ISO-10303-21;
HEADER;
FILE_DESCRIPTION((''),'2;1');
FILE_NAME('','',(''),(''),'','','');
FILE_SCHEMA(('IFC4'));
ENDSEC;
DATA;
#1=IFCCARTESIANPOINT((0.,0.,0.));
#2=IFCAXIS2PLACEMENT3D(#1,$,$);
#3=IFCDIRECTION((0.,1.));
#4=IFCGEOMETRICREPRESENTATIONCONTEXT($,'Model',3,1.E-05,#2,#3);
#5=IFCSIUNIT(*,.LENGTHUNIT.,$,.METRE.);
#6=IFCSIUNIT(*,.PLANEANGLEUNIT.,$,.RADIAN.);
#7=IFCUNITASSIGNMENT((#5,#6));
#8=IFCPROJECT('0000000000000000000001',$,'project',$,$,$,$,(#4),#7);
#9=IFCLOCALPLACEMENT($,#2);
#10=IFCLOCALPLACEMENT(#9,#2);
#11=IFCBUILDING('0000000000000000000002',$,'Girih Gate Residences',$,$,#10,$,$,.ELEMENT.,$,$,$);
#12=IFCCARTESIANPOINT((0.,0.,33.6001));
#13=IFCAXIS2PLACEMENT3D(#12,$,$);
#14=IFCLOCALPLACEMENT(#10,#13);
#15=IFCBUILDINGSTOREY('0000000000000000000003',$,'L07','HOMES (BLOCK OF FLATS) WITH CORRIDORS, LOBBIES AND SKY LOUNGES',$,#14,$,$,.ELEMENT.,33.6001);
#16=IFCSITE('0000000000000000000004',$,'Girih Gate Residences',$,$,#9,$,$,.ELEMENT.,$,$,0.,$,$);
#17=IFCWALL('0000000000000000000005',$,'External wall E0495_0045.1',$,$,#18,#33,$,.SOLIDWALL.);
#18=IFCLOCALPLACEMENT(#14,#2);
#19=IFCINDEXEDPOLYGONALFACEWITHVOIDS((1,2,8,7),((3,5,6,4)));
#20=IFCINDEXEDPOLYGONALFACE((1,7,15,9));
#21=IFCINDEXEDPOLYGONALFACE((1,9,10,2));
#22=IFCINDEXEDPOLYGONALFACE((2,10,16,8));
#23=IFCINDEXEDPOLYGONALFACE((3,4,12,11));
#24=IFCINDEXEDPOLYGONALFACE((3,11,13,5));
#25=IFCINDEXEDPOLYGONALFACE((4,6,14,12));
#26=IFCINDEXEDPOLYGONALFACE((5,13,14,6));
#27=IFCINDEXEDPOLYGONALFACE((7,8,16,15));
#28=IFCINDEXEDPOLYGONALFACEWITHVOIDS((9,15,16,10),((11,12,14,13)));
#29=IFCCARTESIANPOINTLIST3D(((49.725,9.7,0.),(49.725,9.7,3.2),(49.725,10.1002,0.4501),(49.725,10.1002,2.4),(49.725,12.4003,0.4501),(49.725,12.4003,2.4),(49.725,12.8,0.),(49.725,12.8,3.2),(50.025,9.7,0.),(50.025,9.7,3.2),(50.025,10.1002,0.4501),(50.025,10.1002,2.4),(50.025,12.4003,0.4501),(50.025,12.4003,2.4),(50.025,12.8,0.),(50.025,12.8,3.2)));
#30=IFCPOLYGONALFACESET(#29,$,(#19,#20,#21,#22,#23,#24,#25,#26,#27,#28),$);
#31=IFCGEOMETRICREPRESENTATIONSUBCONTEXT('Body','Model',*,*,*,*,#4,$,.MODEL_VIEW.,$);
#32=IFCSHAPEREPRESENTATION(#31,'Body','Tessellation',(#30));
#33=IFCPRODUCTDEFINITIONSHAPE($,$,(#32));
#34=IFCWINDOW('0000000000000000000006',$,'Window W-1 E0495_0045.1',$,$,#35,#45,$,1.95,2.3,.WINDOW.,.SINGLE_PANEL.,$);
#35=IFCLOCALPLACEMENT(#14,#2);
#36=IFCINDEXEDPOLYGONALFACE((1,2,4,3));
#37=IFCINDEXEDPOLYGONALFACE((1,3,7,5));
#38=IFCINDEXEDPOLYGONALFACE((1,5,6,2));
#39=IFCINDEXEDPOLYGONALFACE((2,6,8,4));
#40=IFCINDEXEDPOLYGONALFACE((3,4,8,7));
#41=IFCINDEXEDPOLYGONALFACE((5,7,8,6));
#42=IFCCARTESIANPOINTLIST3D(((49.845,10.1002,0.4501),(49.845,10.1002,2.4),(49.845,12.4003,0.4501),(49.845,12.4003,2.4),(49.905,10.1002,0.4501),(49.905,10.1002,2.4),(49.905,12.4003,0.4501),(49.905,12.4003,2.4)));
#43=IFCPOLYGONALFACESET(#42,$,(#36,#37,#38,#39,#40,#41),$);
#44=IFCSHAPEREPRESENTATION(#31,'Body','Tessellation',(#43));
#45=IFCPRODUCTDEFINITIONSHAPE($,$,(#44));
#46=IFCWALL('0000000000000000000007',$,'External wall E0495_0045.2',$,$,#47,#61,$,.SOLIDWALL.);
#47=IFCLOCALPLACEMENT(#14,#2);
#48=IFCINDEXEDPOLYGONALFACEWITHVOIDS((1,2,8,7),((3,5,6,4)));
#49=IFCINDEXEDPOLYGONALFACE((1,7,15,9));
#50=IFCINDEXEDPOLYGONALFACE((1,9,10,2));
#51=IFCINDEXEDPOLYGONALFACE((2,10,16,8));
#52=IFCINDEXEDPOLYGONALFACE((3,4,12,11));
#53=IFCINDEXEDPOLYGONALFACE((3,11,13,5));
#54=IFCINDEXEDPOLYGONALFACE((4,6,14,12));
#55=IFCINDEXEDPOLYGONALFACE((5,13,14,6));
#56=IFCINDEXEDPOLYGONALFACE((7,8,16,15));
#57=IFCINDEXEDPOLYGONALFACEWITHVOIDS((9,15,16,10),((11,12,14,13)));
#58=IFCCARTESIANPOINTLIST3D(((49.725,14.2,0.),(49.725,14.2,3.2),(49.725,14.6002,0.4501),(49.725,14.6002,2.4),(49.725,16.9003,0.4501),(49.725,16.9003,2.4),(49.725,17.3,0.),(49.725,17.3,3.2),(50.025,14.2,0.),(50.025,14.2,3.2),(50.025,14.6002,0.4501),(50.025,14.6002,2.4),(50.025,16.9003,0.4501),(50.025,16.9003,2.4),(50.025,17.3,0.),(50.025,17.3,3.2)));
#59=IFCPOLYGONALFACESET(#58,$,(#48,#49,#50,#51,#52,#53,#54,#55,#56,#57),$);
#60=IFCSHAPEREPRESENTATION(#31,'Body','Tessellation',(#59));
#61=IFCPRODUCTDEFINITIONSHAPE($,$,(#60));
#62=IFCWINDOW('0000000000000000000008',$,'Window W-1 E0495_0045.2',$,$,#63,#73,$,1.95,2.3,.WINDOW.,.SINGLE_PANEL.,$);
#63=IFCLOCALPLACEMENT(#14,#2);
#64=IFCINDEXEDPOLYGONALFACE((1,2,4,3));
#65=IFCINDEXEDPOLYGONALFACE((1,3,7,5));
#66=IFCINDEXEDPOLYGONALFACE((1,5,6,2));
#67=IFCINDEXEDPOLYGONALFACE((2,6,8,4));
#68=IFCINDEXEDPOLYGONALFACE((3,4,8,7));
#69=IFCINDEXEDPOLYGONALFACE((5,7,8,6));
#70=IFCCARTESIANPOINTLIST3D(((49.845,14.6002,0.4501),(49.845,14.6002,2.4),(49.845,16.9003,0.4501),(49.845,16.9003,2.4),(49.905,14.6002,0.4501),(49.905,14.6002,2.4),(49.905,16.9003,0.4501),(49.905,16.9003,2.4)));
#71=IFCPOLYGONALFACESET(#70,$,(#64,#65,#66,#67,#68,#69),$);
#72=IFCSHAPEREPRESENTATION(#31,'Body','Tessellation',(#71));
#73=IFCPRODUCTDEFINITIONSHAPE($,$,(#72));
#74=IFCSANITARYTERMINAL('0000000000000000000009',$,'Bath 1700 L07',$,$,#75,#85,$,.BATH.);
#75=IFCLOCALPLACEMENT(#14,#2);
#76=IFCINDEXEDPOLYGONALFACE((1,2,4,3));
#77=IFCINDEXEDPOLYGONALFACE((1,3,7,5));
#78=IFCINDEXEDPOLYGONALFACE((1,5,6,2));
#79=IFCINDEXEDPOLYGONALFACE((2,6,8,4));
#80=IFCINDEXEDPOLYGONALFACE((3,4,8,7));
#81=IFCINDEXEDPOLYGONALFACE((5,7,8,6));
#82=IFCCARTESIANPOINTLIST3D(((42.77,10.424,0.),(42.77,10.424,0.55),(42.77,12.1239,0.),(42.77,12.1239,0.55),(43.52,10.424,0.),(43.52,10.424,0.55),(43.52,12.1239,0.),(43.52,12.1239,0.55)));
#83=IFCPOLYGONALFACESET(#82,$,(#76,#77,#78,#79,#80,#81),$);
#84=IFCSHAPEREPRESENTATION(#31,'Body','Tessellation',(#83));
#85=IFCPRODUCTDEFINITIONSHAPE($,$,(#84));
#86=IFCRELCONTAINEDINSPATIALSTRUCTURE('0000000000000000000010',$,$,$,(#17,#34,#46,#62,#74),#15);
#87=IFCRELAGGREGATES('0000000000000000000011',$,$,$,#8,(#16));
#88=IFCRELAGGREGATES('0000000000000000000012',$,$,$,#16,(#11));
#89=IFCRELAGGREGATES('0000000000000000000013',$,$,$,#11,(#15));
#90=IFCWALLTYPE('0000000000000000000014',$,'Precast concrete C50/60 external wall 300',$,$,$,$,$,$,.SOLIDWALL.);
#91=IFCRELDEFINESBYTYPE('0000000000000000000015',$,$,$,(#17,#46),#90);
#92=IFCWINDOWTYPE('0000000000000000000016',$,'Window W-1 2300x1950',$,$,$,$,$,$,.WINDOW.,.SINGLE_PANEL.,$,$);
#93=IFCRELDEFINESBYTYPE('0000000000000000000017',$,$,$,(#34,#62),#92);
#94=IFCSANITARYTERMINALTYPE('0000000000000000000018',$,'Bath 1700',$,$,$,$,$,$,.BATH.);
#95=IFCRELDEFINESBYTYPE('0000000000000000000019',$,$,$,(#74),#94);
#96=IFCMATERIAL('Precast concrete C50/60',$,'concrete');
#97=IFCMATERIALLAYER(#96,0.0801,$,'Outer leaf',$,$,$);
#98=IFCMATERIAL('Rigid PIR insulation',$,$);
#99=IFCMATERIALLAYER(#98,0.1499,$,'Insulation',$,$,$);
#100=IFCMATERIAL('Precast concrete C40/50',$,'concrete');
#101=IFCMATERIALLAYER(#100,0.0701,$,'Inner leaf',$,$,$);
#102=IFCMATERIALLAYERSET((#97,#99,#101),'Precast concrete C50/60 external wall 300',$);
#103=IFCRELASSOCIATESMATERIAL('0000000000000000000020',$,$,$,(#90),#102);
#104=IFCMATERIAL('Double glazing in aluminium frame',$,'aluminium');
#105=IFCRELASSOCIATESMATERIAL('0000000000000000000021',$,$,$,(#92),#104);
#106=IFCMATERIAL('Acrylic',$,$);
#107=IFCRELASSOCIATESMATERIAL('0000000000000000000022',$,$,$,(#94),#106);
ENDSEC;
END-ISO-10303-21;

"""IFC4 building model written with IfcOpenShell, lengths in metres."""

from ifc_helpers import new_model, si_unit, direction, frame, frame_2d, origin, origin_2d, place, context, subcontext, project, spatial, rectangle, extrude, material, layer, layer_set, type_object, element, fill, save


model = new_model("IFC4")

# Units and contexts
model_context = context("Model", 3, precision=1e-05, world=origin(), true_north=direction((0.0, 1.0)))
body_context = subcontext(model_context, "Body", "Model", "MODEL_VIEW")
ifc_project = project(units=[si_unit("LENGTHUNIT", "METRE"), si_unit("PLANEANGLEUNIT", "RADIAN")], contexts=[model_context])

# Site, building, storey
site_placement = place(None, origin())
site = spatial("IfcSite", under=ifc_project, at=site_placement, Name="Girih Gate Residences", CompositionType="ELEMENT", RefElevation=0.0)
building_placement = place(site_placement, origin())
building = spatial("IfcBuilding", under=site, at=building_placement, Name="Girih Gate Residences", CompositionType="ELEMENT")
storey_placement = place(building_placement, frame((0.0, 0.0, 33.6001)))
storey = spatial("IfcBuildingStorey", under=building, at=storey_placement, Name="L07", Description="HOMES (BLOCK OF FLATS) WITH CORRIDORS, LOBBIES AND SKY LOUNGES", CompositionType="ELEMENT", Elevation=33.6001)

# Walls, openings, windows
ifc_material_1 = material(Name="Precast concrete C50/60", Category="concrete")
ifc_layer_1 = layer(ifc_material_1, 0.0801, Name="Outer leaf")
ifc_material_2 = material(Name="Rigid PIR insulation")
ifc_layer_2 = layer(ifc_material_2, 0.1499, Name="Insulation")
ifc_material_3 = material(Name="Precast concrete C40/50", Category="concrete")
ifc_layer_3 = layer(ifc_material_3, 0.0701, Name="Inner leaf")
ifc_layer_set_1 = layer_set([ifc_layer_1, ifc_layer_2, ifc_layer_3], Name="Precast concrete C50/60 external wall 300")
wall_type_1 = type_object("IfcWallType", Name="Precast concrete C50/60 external wall 300", PredefinedType="SOLIDWALL", material=ifc_layer_set_1)
wall_1_placement = place(storey_placement, frame((49.875, 12.8, 0.0), z_axis=(0.0, 0.0, 1.0), x_axis=(0.0, -1.0, 0.0)))
wall_1 = element("IfcWall", 1, at=wall_1_placement, inside=storey, type_object=wall_type_1, Name="External wall E0495_0045.1", PredefinedType="SOLIDWALL", context=body_context, shape_type="SweptSolid", body=[
    extrude(rectangle(XDim=3.1001, YDim=0.3, at=frame_2d((1.55, 0.0))), origin(), (0.0, 0.0, 1.0), 3.2),
])
opening_1_placement = place(wall_1_placement, frame((0.3999, 0.0, 0.45)))
opening_1 = element("IfcOpeningElement", 2, at=opening_1_placement, cuts=wall_1, PredefinedType="OPENING", context=body_context, shape_type="SweptSolid", body=[
    extrude(rectangle(XDim=2.3, YDim=1.95, at=frame_2d((1.1499, 0.9751))), frame((0.0, 0.1599, 0.0), z_axis=(0.0, -1.0, 0.0), x_axis=(1.0, 0.0, 0.0)), (0.0, 0.0, 1.0), 0.3201),
])
ifc_material_4 = material(Name="Double glazing in aluminium frame", Category="aluminium")
window_type = type_object("IfcWindowType", Name="Window W-1 2300x1950", PartitioningType="SINGLE_PANEL", PredefinedType="WINDOW", material=ifc_material_4)
window_1_placement = place(opening_1_placement, origin())
window_1 = element("IfcWindow", 3, at=window_1_placement, inside=storey, type_object=window_type, Name="Window W-1 E0495_0045.1", OverallHeight=1.95, OverallWidth=2.3, PartitioningType="SINGLE_PANEL", PredefinedType="WINDOW", context=body_context, shape_type="SweptSolid", body=[
    extrude(rectangle(XDim=2.3, YDim=1.95, at=frame_2d((1.1499, 0.9751))), frame((0.0, 0.03, 0.0), z_axis=(0.0, -1.0, 0.0), x_axis=(1.0, 0.0, 0.0)), (0.0, 0.0, 1.0), 0.0601),
])
fill(opening_1, window_1)
wall_2_placement = place(storey_placement, frame((49.875, 17.3, 0.0), z_axis=(0.0, 0.0, 1.0), x_axis=(0.0, -1.0, 0.0)))
wall_2 = element("IfcWall", 4, at=wall_2_placement, inside=storey, type_object=wall_type_1, Name="External wall E0495_0045.2", PredefinedType="SOLIDWALL", context=body_context, shape_type="SweptSolid", body=[
    extrude(rectangle(XDim=3.1001, YDim=0.3, at=frame_2d((1.55, 0.0))), origin(), (0.0, 0.0, 1.0), 3.2),
])
opening_2_placement = place(wall_2_placement, frame((0.3999, 0.0, 0.45)))
opening_2 = element("IfcOpeningElement", 5, at=opening_2_placement, cuts=wall_2, PredefinedType="OPENING", context=body_context, shape_type="SweptSolid", body=[
    extrude(rectangle(XDim=2.3, YDim=1.95, at=frame_2d((1.1499, 0.9751))), frame((0.0, 0.1599, 0.0), z_axis=(0.0, -1.0, 0.0), x_axis=(1.0, 0.0, 0.0)), (0.0, 0.0, 1.0), 0.3201),
])
window_2_placement = place(opening_2_placement, origin())
window_2 = element("IfcWindow", 6, at=window_2_placement, inside=storey, type_object=window_type, Name="Window W-1 E0495_0045.2", OverallHeight=1.95, OverallWidth=2.3, PartitioningType="SINGLE_PANEL", PredefinedType="WINDOW", context=body_context, shape_type="SweptSolid", body=[
    extrude(rectangle(XDim=2.3, YDim=1.95, at=frame_2d((1.1499, 0.9751))), frame((0.0, 0.03, 0.0), z_axis=(0.0, -1.0, 0.0), x_axis=(1.0, 0.0, 0.0)), (0.0, 0.0, 1.0), 0.0601),
])
fill(opening_2, window_2)

# Sanitary terminal
ifc_material_5 = material(Name="Acrylic")
sanitary_terminal_type = type_object("IfcSanitaryTerminalType", Name="Bath 1700", PredefinedType="BATH", material=ifc_material_5)
sanitary_terminal_placement = place(storey_placement, frame((43.145, 11.2739, 0.0), z_axis=(0.0, 0.0, 1.0), x_axis=(1.0, 0.0, 0.0)))
element("IfcSanitaryTerminal", 7, at=sanitary_terminal_placement, inside=storey, type_object=sanitary_terminal_type, Name="Bath 1700 L07", PredefinedType="BATH", context=body_context, shape_type="SweptSolid", body=[
    extrude(rectangle(XDim=0.75, YDim=1.7, at=origin_2d()), origin(), (0.0, 0.0, 1.0), 0.55),
])

save(model, "model.ifc")
